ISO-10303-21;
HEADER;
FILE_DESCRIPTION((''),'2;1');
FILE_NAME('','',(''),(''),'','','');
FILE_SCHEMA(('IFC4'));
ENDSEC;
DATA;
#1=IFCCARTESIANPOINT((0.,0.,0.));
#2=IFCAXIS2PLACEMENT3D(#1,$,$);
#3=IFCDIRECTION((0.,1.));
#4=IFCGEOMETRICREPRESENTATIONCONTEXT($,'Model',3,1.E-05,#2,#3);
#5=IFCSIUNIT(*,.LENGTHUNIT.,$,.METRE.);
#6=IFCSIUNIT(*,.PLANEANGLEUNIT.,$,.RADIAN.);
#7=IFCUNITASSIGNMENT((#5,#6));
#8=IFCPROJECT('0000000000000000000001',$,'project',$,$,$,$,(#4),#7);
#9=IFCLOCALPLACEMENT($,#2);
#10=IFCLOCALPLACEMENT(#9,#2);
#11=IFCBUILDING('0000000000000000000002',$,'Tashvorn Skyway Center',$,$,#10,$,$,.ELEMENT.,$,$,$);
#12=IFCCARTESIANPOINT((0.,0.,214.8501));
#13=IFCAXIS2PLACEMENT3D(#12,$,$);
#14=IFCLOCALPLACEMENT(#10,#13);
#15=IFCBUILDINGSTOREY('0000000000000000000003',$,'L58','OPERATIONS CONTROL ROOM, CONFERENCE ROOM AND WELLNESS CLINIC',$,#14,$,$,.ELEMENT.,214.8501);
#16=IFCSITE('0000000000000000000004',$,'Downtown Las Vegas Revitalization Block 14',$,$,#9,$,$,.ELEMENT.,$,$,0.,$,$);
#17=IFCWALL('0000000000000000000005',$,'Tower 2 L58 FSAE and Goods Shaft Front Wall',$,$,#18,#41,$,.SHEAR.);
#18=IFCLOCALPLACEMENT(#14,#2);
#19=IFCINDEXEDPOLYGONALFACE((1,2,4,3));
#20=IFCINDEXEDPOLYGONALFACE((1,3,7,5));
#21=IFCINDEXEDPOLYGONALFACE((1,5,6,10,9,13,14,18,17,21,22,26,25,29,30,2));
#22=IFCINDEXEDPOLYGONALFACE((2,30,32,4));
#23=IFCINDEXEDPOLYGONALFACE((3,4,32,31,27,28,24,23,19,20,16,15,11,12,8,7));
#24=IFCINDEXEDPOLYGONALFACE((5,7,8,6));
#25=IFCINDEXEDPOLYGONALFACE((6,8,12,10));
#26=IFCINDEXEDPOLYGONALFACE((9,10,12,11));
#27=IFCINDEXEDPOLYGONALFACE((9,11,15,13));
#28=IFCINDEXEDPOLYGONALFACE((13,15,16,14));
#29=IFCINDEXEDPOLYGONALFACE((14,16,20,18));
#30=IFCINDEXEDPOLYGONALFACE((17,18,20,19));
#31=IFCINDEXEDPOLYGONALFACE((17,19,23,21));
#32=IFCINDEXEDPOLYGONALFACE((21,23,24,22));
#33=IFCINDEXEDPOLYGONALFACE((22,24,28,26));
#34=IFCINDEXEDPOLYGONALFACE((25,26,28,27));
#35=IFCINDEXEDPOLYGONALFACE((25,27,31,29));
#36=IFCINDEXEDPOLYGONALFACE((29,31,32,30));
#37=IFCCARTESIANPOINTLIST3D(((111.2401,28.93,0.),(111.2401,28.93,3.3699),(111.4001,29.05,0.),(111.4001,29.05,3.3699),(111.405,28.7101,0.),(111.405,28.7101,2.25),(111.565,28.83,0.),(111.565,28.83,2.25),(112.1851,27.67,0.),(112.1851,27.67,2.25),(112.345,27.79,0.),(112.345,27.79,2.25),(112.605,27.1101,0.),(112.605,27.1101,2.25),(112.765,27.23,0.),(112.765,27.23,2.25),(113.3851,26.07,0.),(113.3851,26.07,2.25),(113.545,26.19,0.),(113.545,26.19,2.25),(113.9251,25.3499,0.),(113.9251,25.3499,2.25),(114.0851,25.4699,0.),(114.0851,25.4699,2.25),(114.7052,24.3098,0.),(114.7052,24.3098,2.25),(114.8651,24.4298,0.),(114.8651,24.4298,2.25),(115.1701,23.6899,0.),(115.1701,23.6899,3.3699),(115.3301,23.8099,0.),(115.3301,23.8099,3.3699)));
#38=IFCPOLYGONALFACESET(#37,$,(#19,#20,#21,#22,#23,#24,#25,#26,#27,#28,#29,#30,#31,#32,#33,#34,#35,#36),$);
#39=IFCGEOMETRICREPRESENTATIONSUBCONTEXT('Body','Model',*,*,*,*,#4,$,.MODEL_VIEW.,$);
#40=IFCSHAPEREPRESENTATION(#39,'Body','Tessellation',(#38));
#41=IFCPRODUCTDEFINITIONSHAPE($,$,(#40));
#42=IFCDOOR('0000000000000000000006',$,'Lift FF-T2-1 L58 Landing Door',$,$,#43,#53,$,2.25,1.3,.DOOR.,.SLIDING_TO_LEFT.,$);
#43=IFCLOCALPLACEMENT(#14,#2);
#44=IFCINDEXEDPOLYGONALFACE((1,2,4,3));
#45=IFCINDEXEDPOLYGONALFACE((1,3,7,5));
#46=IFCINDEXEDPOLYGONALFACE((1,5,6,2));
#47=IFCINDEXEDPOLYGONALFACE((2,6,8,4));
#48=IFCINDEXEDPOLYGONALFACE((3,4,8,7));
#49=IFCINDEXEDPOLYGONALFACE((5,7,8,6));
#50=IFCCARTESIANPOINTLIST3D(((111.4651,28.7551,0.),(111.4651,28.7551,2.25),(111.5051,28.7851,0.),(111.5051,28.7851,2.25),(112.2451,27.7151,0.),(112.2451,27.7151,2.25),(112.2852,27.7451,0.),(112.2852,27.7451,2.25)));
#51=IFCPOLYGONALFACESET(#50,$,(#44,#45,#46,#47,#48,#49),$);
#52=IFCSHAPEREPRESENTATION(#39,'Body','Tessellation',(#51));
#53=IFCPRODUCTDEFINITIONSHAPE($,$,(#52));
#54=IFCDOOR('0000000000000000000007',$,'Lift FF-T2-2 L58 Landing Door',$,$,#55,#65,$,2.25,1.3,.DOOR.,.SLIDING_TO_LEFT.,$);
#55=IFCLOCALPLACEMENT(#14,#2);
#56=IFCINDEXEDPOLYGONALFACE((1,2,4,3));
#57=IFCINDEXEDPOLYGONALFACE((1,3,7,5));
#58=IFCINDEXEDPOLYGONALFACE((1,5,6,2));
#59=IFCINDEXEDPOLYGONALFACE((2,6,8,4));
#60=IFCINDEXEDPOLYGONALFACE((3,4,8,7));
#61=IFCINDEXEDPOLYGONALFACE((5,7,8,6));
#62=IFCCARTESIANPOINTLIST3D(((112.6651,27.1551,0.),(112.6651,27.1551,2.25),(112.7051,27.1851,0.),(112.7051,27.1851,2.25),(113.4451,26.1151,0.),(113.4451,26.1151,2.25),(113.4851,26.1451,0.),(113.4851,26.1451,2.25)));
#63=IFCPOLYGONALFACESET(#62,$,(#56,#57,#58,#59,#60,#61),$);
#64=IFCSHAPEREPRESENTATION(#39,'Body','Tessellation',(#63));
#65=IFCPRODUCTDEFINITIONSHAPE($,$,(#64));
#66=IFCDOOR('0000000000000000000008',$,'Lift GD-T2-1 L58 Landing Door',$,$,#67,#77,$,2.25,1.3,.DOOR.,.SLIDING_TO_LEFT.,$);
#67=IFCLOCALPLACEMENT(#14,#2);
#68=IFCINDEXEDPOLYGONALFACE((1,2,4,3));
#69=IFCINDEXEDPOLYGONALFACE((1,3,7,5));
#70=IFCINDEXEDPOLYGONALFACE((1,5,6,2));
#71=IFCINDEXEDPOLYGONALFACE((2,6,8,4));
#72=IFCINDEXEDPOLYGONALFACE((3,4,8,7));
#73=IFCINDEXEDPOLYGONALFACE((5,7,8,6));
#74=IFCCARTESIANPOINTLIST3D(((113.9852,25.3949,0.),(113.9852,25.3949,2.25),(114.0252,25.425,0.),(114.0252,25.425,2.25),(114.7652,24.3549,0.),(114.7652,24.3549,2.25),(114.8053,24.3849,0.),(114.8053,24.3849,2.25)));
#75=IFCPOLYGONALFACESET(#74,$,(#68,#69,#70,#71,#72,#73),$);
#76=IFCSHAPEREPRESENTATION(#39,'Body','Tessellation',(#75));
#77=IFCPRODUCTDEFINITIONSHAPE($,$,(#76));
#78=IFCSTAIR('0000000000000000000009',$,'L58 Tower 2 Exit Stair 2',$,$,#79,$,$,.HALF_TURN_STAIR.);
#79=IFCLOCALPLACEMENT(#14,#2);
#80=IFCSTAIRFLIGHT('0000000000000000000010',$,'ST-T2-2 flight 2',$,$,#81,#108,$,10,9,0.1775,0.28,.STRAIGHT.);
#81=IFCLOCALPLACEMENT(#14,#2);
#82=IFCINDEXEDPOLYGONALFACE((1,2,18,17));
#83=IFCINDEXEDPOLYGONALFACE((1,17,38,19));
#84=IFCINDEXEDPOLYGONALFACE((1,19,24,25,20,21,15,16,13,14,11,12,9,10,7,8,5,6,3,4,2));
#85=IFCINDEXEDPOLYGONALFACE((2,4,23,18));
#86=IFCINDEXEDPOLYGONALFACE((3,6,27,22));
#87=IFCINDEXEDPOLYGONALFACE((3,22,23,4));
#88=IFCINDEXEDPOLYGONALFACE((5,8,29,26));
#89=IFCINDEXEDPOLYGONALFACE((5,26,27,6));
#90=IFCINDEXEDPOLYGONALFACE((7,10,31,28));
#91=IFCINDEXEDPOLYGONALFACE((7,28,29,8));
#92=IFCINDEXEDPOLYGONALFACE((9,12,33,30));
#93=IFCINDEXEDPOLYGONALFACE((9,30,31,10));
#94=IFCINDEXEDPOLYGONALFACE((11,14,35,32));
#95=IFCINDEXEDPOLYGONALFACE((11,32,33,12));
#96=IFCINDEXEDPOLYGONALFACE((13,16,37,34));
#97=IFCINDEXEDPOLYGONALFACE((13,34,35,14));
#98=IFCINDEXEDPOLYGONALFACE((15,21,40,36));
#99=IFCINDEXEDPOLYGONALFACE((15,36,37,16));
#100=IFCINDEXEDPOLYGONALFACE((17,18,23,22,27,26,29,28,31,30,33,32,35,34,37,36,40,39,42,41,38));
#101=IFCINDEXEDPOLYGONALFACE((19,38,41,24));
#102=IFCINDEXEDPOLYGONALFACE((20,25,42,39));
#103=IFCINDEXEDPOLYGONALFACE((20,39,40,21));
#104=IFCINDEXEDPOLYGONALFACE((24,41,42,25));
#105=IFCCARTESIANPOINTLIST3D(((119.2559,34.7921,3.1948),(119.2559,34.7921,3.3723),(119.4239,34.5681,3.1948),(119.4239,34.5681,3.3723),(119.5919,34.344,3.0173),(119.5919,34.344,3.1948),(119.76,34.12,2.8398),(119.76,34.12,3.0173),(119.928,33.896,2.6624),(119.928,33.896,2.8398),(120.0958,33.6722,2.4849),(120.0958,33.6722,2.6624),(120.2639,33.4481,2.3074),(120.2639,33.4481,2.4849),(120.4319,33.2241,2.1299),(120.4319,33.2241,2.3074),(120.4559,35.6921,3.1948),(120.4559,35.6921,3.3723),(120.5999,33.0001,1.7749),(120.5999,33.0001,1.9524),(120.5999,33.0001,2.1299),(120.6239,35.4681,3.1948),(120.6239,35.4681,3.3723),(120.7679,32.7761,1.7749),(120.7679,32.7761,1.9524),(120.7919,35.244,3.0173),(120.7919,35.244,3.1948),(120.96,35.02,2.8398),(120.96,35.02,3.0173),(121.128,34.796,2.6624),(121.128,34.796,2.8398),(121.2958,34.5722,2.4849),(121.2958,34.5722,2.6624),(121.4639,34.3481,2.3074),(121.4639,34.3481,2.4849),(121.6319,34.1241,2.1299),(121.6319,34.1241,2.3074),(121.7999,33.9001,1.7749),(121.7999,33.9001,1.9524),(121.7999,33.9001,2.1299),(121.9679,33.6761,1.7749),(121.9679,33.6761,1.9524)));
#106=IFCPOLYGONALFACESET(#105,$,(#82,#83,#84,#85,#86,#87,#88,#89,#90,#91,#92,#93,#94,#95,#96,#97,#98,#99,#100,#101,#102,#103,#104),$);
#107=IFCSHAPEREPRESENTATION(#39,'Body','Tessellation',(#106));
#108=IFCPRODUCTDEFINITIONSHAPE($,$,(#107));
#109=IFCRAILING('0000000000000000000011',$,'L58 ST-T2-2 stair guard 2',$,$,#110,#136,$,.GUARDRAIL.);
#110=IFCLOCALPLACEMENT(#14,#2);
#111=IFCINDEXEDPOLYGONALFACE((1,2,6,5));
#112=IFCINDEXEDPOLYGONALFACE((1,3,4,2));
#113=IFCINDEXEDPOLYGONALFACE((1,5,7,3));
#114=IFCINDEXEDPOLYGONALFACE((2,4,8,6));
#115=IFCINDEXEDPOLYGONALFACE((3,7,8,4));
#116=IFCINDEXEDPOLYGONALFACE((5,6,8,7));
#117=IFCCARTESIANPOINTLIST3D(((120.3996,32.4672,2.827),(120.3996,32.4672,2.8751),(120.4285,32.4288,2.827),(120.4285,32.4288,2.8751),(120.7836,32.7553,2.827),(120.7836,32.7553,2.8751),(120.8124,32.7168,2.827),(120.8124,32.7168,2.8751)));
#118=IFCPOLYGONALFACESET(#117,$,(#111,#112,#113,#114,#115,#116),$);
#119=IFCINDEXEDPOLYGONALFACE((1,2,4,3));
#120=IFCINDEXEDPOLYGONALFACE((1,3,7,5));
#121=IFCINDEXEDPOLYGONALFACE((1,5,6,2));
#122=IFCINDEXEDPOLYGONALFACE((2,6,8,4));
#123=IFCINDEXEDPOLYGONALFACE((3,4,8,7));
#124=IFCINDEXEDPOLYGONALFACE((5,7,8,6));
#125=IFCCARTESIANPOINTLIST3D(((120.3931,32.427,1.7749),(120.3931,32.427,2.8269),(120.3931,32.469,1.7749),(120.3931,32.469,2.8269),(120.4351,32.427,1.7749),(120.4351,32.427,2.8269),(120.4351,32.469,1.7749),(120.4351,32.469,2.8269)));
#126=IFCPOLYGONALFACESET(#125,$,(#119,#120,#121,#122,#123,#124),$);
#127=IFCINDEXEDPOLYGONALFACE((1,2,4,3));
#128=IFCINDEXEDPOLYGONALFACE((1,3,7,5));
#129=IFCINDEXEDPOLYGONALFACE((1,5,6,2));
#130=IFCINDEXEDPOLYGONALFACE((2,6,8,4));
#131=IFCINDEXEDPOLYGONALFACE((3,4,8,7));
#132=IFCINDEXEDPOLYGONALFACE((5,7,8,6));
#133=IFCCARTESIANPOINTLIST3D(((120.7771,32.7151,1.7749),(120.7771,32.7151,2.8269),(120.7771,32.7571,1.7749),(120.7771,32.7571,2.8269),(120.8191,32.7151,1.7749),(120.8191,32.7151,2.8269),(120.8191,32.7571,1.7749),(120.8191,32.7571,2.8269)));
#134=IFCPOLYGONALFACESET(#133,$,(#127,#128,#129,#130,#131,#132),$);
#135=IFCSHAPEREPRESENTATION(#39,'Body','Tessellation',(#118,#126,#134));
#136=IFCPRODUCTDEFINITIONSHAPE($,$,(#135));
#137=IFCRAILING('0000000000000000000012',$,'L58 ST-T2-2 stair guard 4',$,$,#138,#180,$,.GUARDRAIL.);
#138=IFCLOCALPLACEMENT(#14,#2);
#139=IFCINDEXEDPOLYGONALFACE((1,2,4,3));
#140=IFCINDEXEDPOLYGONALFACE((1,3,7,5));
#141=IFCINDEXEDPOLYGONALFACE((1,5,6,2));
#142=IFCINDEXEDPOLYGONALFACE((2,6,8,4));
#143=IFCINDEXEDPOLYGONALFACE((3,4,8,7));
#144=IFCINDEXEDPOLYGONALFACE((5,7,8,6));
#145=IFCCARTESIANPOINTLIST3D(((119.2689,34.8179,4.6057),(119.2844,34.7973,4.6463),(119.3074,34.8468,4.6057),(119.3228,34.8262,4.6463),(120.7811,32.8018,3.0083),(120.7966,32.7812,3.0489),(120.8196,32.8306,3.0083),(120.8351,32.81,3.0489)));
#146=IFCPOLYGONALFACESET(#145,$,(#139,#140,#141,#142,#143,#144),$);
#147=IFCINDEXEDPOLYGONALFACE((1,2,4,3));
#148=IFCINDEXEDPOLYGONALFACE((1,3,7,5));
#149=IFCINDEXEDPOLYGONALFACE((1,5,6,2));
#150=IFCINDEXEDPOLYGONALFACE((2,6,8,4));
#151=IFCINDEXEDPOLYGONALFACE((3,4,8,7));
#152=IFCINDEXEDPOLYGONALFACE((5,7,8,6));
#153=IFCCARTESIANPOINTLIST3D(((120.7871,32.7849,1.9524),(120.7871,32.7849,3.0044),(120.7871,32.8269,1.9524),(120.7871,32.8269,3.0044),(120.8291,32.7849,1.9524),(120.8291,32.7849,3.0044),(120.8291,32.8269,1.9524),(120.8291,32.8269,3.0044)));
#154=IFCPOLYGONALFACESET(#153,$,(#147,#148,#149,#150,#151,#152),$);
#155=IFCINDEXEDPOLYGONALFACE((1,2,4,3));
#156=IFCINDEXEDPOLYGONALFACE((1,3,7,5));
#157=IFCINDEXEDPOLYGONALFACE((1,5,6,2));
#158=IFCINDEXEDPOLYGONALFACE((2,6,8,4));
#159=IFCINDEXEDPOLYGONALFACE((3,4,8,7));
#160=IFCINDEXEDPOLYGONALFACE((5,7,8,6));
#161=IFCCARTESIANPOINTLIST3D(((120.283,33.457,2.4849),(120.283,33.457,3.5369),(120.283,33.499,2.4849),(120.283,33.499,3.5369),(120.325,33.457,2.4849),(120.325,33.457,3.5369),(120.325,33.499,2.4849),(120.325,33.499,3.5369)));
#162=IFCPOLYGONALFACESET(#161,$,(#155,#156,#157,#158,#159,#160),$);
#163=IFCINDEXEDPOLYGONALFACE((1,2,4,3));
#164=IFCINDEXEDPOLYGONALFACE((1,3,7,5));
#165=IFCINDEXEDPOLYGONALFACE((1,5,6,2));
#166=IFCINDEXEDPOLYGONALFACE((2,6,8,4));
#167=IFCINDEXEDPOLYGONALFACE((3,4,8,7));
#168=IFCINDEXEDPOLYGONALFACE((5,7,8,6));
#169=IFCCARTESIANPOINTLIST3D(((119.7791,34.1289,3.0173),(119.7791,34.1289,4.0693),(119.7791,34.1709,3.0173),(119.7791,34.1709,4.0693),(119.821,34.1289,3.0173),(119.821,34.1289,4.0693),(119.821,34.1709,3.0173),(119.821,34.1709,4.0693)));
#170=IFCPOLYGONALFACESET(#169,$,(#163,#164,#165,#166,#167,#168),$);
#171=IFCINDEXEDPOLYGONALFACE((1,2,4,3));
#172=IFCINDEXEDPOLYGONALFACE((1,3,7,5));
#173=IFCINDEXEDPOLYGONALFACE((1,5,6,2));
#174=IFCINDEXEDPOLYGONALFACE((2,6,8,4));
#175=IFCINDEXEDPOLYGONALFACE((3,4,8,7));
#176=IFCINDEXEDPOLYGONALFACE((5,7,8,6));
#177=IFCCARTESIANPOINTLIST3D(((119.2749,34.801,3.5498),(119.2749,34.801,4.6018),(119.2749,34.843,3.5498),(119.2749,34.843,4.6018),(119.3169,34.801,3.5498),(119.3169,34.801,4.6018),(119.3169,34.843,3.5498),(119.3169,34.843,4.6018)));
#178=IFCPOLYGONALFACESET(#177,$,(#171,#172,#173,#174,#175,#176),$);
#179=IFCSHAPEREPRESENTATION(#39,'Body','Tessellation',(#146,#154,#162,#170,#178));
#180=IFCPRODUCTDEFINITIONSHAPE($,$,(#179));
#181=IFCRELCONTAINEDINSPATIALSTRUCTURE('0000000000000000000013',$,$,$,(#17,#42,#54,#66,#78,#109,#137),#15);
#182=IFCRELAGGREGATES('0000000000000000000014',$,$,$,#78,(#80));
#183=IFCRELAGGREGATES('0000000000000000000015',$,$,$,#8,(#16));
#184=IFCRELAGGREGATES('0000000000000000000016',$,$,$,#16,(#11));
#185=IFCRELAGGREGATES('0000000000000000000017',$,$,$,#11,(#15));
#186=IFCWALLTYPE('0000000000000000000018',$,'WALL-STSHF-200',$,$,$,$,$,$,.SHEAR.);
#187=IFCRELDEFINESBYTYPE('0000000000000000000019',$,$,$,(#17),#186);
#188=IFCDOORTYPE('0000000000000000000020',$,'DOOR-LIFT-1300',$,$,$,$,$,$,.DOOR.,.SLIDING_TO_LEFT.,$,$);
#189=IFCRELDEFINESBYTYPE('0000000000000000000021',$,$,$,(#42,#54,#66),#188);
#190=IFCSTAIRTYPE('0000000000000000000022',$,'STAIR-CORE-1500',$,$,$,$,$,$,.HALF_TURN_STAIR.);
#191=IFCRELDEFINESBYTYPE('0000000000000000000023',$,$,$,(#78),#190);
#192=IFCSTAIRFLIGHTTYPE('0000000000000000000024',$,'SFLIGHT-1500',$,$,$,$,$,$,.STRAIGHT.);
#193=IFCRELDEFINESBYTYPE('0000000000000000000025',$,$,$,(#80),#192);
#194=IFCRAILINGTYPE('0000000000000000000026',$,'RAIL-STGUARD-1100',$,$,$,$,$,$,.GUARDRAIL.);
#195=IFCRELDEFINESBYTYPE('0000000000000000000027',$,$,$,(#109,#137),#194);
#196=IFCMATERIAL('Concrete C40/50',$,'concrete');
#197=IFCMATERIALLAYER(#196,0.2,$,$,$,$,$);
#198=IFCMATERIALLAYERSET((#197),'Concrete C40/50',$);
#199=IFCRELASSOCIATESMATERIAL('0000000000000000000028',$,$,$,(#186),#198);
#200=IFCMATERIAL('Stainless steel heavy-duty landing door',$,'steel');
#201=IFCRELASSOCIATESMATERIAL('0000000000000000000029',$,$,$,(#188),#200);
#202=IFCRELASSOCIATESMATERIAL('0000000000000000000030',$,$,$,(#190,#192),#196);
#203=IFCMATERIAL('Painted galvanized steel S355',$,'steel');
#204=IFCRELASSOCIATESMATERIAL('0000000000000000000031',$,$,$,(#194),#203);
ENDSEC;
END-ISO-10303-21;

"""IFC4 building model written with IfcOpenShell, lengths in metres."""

from ifc_helpers import new_model, si_unit, direction, frame, frame_2d, origin, origin_2d, place, context, subcontext, project, spatial, polyline, rectangle, outline, extrude, material, layer, layer_set, type_object, element, fill, aggregate, save


model = new_model("IFC4")

# Units and contexts
model_context = context("Model", 3, precision=1e-05, world=origin(), true_north=direction((0.0, 1.0)))
body_context = subcontext(model_context, "Body", "Model", "MODEL_VIEW")
ifc_project = project(units=[si_unit("LENGTHUNIT", "METRE"), si_unit("PLANEANGLEUNIT", "RADIAN")], contexts=[model_context])

# Site, building, storey
site_placement = place(None, origin())
site = spatial("IfcSite", under=ifc_project, at=site_placement, Name="Downtown Las Vegas Revitalization Block 14", CompositionType="ELEMENT", RefElevation=0.0)
building_placement = place(site_placement, origin())
building = spatial("IfcBuilding", under=site, at=building_placement, Name="Tashvorn Skyway Center", CompositionType="ELEMENT")
storey_placement = place(building_placement, frame((0.0, 0.0, 214.8501)))
storey = spatial("IfcBuildingStorey", under=building, at=storey_placement, Name="L58", Description="OPERATIONS CONTROL ROOM, CONFERENCE ROOM AND WELLNESS CLINIC", CompositionType="ELEMENT", Elevation=214.8501)

# Shared definitions
ifc_material_1 = material(Name="Concrete C40/50", Category="concrete")

# Shared definitions
ifc_layer_1 = layer(ifc_material_1, 0.2)
ifc_layer_set_1 = layer_set([ifc_layer_1], Name="Concrete C40/50")
wall_type_1 = type_object("IfcWallType", Name="WALL-STSHF-200", PredefinedType="SHEAR", material=ifc_layer_set_1)

# Wall, openings, doors
wall_1_placement = place(storey_placement, frame((115.25, 23.75, 0.0), z_axis=(0.0, 0.0, 1.0), x_axis=(-0.599994, 0.800004, 0.0)))
wall_1 = element("IfcWall", 1, at=wall_1_placement, inside=storey, type_object=wall_type_1, Name="Tower 2 L58 FSAE and Goods Shaft Front Wall", PredefinedType="SHEAR", context=body_context, shape_type="SweptSolid", body=[
    extrude(rectangle(XDim=6.55, YDim=0.2, at=frame_2d((3.2749, 0.0))), origin(), (0.0, 0.0, 1.0), 3.3699),
])
opening_1_placement = place(wall_1_placement, frame((4.9751, 0.0, 0.0)))
opening_1 = element("IfcOpeningElement", 2, at=opening_1_placement, cuts=wall_1, PredefinedType="OPENING", context=body_context, shape_type="SweptSolid", body=[
    extrude(rectangle(XDim=1.3, YDim=2.25, at=frame_2d((0.6499, 1.125))), frame((0.0, 0.1099, 0.0), z_axis=(0.0, -1.0, 0.0), x_axis=(1.0, 0.0, 0.0)), (0.0, 0.0, 1.0), 0.22),
])
opening_2_placement = place(wall_1_placement, frame((2.9751, 0.0, 0.0)))
opening_2 = element("IfcOpeningElement", 3, at=opening_2_placement, cuts=wall_1, PredefinedType="OPENING", context=body_context, shape_type="SweptSolid", body=[
    extrude(rectangle(XDim=1.3, YDim=2.25, at=frame_2d((0.6499, 1.125))), frame((0.0, 0.1099, 0.0), z_axis=(0.0, -1.0, 0.0), x_axis=(1.0, 0.0, 0.0)), (0.0, 0.0, 1.0), 0.22),
])
opening_3_placement = place(wall_1_placement, frame((0.7749, 0.0, 0.0)))
opening_3 = element("IfcOpeningElement", 4, at=opening_3_placement, cuts=wall_1, PredefinedType="OPENING", context=body_context, shape_type="SweptSolid", body=[
    extrude(rectangle(XDim=1.3, YDim=2.25, at=frame_2d((0.6499, 1.125))), frame((0.0, 0.1099, 0.0), z_axis=(0.0, -1.0, 0.0), x_axis=(1.0, 0.0, 0.0)), (0.0, 0.0, 1.0), 0.22),
])
ifc_material_2 = material(Name="Stainless steel heavy-duty landing door", Category="steel")
door_type_1 = type_object("IfcDoorType", Name="DOOR-LIFT-1300", OperationType="SLIDING_TO_LEFT", PredefinedType="DOOR", material=ifc_material_2)
door_1_placement = place(opening_1_placement, origin())
door_1 = element("IfcDoor", 5, at=door_1_placement, inside=storey, type_object=door_type_1, Name="Lift FF-T2-1 L58 Landing Door", OperationType="SLIDING_TO_LEFT", OverallHeight=2.25, OverallWidth=1.3, PredefinedType="DOOR", context=body_context, shape_type="SweptSolid", body=[
    extrude(rectangle(XDim=1.3, YDim=2.25, at=frame_2d((0.6499, 1.125))), frame((0.0, 0.0249, 0.0), z_axis=(0.0, -1.0, 0.0), x_axis=(1.0, 0.0, 0.0)), (0.0, 0.0, 1.0), 0.05),
])
fill(opening_1, door_1)
door_2_placement = place(opening_2_placement, origin())
door_2 = element("IfcDoor", 6, at=door_2_placement, inside=storey, type_object=door_type_1, Name="Lift FF-T2-2 L58 Landing Door", OperationType="SLIDING_TO_LEFT", OverallHeight=2.25, OverallWidth=1.3, PredefinedType="DOOR", context=body_context, shape_type="SweptSolid", body=[
    extrude(rectangle(XDim=1.3, YDim=2.25, at=frame_2d((0.6499, 1.125))), frame((0.0, 0.0249, 0.0), z_axis=(0.0, -1.0, 0.0), x_axis=(1.0, 0.0, 0.0)), (0.0, 0.0, 1.0), 0.05),
])
fill(opening_2, door_2)
door_3_placement = place(opening_3_placement, origin())
door_3 = element("IfcDoor", 7, at=door_3_placement, inside=storey, type_object=door_type_1, Name="Lift GD-T2-1 L58 Landing Door", OperationType="SLIDING_TO_LEFT", OverallHeight=2.25, OverallWidth=1.3, PredefinedType="DOOR", context=body_context, shape_type="SweptSolid", body=[
    extrude(rectangle(XDim=1.3, YDim=2.25, at=frame_2d((0.6499, 1.125))), frame((0.0, 0.0249, 0.0), z_axis=(0.0, -1.0, 0.0), x_axis=(1.0, 0.0, 0.0)), (0.0, 0.0, 1.0), 0.05),
])
fill(opening_3, door_3)

# Stair, stair flight
stair_type = type_object("IfcStairType", Name="STAIR-CORE-1500", PredefinedType="HALF_TURN_STAIR", material=ifc_material_1)
stair_placement = place(storey_placement, origin())
stair = element("IfcStair", 8, at=stair_placement, inside=storey, type_object=stair_type, Name="L58 Tower 2 Exit Stair 2", PredefinedType="HALF_TURN_STAIR")
stair_flight_type = type_object("IfcStairFlightType", Name="SFLIGHT-1500", PredefinedType="STRAIGHT", material=ifc_material_1)
stair_flight_placement = place(storey_placement, frame((121.3679, 33.2261, 1.7749), z_axis=(0.0, 0.0, 1.0), x_axis=(-0.6, 0.8, 0.0)))
stair_flight = element("IfcStairFlight", 9, at=stair_flight_placement, type_object=stair_flight_type, Name="ST-T2-2 flight 2", NumberOfRisers=10, NumberOfTreads=9, PredefinedType="STRAIGHT", RiserHeight=0.1775, TreadLength=0.28, context=body_context, shape_type="SweptSolid", body=[
    extrude(outline(polyline([(0.0, 0.0), (0.0, 0.1775), (0.28, 0.1775), (0.28, 0.355), (0.5601, 0.355), (0.5601, 0.5325), (0.8401, 0.5325), (0.8401, 0.71), (1.1201, 0.71), (1.1201, 0.8875), (1.3999, 0.8875), (1.3999, 1.0649), (1.6799, 1.0649), (1.6799, 1.2424), (1.96, 1.2424), (1.96, 1.4199), (2.24, 1.4199), (2.24, 1.5974), (2.52, 1.5974), (2.52, 1.7749), (2.52, 1.4199), (0.28, 0.0), (0.0, 0.0)])), frame((0.0, 0.75, 0.0), z_axis=(0.0, -1.0, 0.0), x_axis=(1.0, 0.0, 0.0)), (0.0, 0.0, 1.0), 1.5),
])
aggregate(stair, [stair_flight])

# Railings
ifc_material_3 = material(Name="Painted galvanized steel S355", Category="steel")
railing_type = type_object("IfcRailingType", Name="RAIL-STGUARD-1100", PredefinedType="GUARDRAIL", material=ifc_material_3)
railing_1_placement = place(storey_placement, frame((120.4141, 32.448, 1.7749)))
element("IfcRailing", 10, at=railing_1_placement, inside=storey, type_object=railing_type, Name="L58 ST-T2-2 stair guard 2", PredefinedType="GUARDRAIL", context=body_context, shape_type="SweptSolid", body=[
    extrude(rectangle(XDim=0.0481, YDim=0.0481, at=origin_2d()), frame((0.0, 0.0, 1.0762), z_axis=(0.799939, 0.600081, 0.0), x_axis=(-0.600081, 0.799939, 0.0)), (0.0, 0.0, 1.0), 0.48),
    extrude(rectangle(XDim=0.042, YDim=0.042, at=origin_2d()), origin(), (0.0, 0.0, 1.0), 1.052),
    extrude(rectangle(XDim=0.042, YDim=0.042, at=origin_2d()), frame((0.384, 0.2881, 0.0)), (0.0, 0.0, 1.0), 1.052),
])
railing_2_placement = place(storey_placement, frame((120.8081, 32.8059, 1.9524)))
element("IfcRailing", 11, at=railing_2_placement, inside=storey, type_object=railing_type, Name="L58 ST-T2-2 stair guard 4", PredefinedType="GUARDRAIL", context=body_context, shape_type="SweptSolid", body=[
    extrude(rectangle(XDim=0.0481, YDim=0.0481, at=origin_2d()), frame((0.0, 0.0, 1.0762), z_axis=(-0.506802, 0.675681, 0.535357), x_axis=(-0.799977, -0.600031, 0.0)), (0.0, 0.0, 1.0), 2.9839),
    extrude(rectangle(XDim=0.042, YDim=0.042, at=origin_2d()), origin(), (0.0, 0.0, 1.0), 1.052),
    extrude(rectangle(XDim=0.042, YDim=0.042, at=origin_2d()), frame((-0.5042, 0.6721, 0.5325)), (0.0, 0.0, 1.0), 1.052),
    extrude(rectangle(XDim=0.042, YDim=0.042, at=origin_2d()), frame((-1.0081, 1.344, 1.0649)), (0.0, 0.0, 1.0), 1.052),
    extrude(rectangle(XDim=0.042, YDim=0.042, at=origin_2d()), frame((-1.5122, 2.0161, 1.5974)), (0.0, 0.0, 1.0), 1.052),
])

save(model, "model.ifc")
